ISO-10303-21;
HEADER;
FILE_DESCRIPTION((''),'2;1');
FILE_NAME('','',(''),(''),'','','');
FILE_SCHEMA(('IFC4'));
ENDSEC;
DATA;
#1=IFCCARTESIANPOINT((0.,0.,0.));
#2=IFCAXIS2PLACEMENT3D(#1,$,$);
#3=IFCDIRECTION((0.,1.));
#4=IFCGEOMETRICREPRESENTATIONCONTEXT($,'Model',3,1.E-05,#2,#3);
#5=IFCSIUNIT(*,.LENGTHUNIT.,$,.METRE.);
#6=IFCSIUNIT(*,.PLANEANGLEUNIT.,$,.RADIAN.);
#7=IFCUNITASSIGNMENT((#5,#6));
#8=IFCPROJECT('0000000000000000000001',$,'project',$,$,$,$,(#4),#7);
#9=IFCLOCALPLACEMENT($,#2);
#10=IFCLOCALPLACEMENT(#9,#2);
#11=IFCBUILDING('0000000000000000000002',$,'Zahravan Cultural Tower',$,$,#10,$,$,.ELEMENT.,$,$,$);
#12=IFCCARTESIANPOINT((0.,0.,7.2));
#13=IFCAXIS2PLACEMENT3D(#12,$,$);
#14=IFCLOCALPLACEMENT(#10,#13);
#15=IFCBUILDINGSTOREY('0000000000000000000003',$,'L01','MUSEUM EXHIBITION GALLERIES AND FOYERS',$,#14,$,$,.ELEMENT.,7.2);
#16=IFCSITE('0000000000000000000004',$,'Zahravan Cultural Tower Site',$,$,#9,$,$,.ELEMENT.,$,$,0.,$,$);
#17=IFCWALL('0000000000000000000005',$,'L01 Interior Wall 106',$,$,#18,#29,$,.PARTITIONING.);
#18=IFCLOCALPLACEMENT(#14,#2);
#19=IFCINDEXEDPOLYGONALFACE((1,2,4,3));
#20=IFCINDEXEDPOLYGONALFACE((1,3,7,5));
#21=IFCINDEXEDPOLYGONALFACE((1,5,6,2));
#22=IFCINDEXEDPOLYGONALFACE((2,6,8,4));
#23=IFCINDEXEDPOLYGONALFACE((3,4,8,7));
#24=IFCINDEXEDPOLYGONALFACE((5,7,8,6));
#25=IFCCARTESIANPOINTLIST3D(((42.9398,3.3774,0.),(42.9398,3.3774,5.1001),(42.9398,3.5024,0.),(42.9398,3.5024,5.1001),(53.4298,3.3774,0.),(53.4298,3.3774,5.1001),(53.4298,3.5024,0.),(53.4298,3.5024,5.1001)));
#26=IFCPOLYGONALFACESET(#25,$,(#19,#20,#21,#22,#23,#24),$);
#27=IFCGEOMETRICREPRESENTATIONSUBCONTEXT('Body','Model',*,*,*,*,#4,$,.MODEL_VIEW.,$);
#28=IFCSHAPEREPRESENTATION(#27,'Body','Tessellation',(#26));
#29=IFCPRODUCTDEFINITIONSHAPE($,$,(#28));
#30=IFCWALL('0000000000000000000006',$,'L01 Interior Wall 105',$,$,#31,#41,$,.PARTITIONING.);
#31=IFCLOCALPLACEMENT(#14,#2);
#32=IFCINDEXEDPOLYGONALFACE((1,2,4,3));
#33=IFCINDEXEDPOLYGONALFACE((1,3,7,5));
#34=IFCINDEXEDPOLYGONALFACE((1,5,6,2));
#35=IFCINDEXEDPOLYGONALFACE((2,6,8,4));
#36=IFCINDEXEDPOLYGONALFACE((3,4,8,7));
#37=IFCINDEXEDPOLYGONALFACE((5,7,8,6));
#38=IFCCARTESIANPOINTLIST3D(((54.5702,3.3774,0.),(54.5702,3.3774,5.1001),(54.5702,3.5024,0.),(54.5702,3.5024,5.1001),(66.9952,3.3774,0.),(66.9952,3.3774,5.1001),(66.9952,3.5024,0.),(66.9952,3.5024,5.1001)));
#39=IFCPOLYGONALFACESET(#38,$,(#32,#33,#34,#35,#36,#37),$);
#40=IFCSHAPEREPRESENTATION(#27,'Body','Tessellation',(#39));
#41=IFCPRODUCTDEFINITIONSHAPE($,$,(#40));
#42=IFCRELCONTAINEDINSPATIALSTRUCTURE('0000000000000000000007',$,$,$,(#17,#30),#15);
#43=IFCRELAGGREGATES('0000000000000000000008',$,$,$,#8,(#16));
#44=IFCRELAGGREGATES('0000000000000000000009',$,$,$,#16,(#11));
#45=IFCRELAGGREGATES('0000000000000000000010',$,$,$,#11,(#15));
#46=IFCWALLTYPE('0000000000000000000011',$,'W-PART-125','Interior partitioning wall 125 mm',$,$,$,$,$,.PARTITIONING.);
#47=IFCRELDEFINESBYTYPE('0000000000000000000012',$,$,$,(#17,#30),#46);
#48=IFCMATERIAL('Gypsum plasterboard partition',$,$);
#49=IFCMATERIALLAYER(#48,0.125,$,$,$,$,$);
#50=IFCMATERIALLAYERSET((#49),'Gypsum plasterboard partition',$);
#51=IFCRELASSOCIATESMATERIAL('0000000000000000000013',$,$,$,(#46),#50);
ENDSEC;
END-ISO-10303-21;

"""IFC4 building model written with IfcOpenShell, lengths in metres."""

from ifc_helpers import new_model, si_unit, direction, frame, frame_2d, origin, place, context, subcontext, project, spatial, rectangle, extrude, source, transform, mapped, material, layer, layer_set, type_object, element, save


model = new_model("IFC4")

# Units and contexts
model_context = context("Model", 3, precision=1e-05, world=origin(), true_north=direction((0.0, 1.0)))
body_context = subcontext(model_context, "Body", "Model", "MODEL_VIEW")
ifc_project = project(units=[si_unit("LENGTHUNIT", "METRE"), si_unit("PLANEANGLEUNIT", "RADIAN")], contexts=[model_context])

# Site, building, storey
site_placement = place(None, origin())
site = spatial("IfcSite", under=ifc_project, at=site_placement, Name="Zahravan Cultural Tower Site", CompositionType="ELEMENT", RefElevation=0.0)
building_placement = place(site_placement, origin())
building = spatial("IfcBuilding", under=site, at=building_placement, Name="Zahravan Cultural Tower", CompositionType="ELEMENT")
storey_placement = place(building_placement, frame((0.0, 0.0, 7.2)))
storey = spatial("IfcBuildingStorey", under=building, at=storey_placement, Name="L01", Description="MUSEUM EXHIBITION GALLERIES AND FOYERS", CompositionType="ELEMENT", Elevation=7.2)

# Walls
ifc_material_1 = material(Name="Gypsum plasterboard partition")
ifc_layer_1 = layer(ifc_material_1, 0.125)
ifc_layer_set_1 = layer_set([ifc_layer_1], Name="Gypsum plasterboard partition")
wall_type_1 = type_object("IfcWallType", Name="W-PART-125", Description="Interior partitioning wall 125 mm", PredefinedType="PARTITIONING", material=ifc_layer_set_1)
shared_shape_1 = source(origin(), body_context, "Body", "SweptSolid", [
    extrude(rectangle(XDim=10.49, YDim=0.125, at=frame_2d((5.2451, 0.0))), origin(), (0.0, 0.0, 1.0), 5.1001),
])
wall_1_placement = place(storey_placement, frame((53.4299, 3.4399, 0.0), z_axis=(0.0, 0.0, 1.0), x_axis=(-1.0, 0.0, 0.0)))
element("IfcWall", 1, at=wall_1_placement, inside=storey, type_object=wall_type_1, Name="L01 Interior Wall 106", PredefinedType="PARTITIONING", context=body_context, shape_type="MappedRepresentation", body=[
    mapped(shared_shape_1, transform((0.0, 0.0, 0.0), x_axis=(1.0, 0.0, 0.0), y_axis=(0.0, 1.0, 0.0), z_axis=(0.0, 0.0, 1.0), scale=1.0)),
])
shared_shape_2 = source(origin(), body_context, "Body", "SweptSolid", [
    extrude(rectangle(XDim=12.425, YDim=0.125, at=frame_2d((6.2124, 0.0))), origin(), (0.0, 0.0, 1.0), 5.1001),
])
wall_2_placement = place(storey_placement, frame((66.9951, 3.4399, 0.0), z_axis=(0.0, 0.0, 1.0), x_axis=(-1.0, 0.0, 0.0)))
element("IfcWall", 2, at=wall_2_placement, inside=storey, type_object=wall_type_1, Name="L01 Interior Wall 105", PredefinedType="PARTITIONING", context=body_context, shape_type="MappedRepresentation", body=[
    mapped(shared_shape_2, transform((0.0, 0.0, 0.0), x_axis=(1.0, 0.0, 0.0), y_axis=(0.0, 1.0, 0.0), z_axis=(0.0, 0.0, 1.0), scale=1.0)),
])

save(model, "model.ifc")
